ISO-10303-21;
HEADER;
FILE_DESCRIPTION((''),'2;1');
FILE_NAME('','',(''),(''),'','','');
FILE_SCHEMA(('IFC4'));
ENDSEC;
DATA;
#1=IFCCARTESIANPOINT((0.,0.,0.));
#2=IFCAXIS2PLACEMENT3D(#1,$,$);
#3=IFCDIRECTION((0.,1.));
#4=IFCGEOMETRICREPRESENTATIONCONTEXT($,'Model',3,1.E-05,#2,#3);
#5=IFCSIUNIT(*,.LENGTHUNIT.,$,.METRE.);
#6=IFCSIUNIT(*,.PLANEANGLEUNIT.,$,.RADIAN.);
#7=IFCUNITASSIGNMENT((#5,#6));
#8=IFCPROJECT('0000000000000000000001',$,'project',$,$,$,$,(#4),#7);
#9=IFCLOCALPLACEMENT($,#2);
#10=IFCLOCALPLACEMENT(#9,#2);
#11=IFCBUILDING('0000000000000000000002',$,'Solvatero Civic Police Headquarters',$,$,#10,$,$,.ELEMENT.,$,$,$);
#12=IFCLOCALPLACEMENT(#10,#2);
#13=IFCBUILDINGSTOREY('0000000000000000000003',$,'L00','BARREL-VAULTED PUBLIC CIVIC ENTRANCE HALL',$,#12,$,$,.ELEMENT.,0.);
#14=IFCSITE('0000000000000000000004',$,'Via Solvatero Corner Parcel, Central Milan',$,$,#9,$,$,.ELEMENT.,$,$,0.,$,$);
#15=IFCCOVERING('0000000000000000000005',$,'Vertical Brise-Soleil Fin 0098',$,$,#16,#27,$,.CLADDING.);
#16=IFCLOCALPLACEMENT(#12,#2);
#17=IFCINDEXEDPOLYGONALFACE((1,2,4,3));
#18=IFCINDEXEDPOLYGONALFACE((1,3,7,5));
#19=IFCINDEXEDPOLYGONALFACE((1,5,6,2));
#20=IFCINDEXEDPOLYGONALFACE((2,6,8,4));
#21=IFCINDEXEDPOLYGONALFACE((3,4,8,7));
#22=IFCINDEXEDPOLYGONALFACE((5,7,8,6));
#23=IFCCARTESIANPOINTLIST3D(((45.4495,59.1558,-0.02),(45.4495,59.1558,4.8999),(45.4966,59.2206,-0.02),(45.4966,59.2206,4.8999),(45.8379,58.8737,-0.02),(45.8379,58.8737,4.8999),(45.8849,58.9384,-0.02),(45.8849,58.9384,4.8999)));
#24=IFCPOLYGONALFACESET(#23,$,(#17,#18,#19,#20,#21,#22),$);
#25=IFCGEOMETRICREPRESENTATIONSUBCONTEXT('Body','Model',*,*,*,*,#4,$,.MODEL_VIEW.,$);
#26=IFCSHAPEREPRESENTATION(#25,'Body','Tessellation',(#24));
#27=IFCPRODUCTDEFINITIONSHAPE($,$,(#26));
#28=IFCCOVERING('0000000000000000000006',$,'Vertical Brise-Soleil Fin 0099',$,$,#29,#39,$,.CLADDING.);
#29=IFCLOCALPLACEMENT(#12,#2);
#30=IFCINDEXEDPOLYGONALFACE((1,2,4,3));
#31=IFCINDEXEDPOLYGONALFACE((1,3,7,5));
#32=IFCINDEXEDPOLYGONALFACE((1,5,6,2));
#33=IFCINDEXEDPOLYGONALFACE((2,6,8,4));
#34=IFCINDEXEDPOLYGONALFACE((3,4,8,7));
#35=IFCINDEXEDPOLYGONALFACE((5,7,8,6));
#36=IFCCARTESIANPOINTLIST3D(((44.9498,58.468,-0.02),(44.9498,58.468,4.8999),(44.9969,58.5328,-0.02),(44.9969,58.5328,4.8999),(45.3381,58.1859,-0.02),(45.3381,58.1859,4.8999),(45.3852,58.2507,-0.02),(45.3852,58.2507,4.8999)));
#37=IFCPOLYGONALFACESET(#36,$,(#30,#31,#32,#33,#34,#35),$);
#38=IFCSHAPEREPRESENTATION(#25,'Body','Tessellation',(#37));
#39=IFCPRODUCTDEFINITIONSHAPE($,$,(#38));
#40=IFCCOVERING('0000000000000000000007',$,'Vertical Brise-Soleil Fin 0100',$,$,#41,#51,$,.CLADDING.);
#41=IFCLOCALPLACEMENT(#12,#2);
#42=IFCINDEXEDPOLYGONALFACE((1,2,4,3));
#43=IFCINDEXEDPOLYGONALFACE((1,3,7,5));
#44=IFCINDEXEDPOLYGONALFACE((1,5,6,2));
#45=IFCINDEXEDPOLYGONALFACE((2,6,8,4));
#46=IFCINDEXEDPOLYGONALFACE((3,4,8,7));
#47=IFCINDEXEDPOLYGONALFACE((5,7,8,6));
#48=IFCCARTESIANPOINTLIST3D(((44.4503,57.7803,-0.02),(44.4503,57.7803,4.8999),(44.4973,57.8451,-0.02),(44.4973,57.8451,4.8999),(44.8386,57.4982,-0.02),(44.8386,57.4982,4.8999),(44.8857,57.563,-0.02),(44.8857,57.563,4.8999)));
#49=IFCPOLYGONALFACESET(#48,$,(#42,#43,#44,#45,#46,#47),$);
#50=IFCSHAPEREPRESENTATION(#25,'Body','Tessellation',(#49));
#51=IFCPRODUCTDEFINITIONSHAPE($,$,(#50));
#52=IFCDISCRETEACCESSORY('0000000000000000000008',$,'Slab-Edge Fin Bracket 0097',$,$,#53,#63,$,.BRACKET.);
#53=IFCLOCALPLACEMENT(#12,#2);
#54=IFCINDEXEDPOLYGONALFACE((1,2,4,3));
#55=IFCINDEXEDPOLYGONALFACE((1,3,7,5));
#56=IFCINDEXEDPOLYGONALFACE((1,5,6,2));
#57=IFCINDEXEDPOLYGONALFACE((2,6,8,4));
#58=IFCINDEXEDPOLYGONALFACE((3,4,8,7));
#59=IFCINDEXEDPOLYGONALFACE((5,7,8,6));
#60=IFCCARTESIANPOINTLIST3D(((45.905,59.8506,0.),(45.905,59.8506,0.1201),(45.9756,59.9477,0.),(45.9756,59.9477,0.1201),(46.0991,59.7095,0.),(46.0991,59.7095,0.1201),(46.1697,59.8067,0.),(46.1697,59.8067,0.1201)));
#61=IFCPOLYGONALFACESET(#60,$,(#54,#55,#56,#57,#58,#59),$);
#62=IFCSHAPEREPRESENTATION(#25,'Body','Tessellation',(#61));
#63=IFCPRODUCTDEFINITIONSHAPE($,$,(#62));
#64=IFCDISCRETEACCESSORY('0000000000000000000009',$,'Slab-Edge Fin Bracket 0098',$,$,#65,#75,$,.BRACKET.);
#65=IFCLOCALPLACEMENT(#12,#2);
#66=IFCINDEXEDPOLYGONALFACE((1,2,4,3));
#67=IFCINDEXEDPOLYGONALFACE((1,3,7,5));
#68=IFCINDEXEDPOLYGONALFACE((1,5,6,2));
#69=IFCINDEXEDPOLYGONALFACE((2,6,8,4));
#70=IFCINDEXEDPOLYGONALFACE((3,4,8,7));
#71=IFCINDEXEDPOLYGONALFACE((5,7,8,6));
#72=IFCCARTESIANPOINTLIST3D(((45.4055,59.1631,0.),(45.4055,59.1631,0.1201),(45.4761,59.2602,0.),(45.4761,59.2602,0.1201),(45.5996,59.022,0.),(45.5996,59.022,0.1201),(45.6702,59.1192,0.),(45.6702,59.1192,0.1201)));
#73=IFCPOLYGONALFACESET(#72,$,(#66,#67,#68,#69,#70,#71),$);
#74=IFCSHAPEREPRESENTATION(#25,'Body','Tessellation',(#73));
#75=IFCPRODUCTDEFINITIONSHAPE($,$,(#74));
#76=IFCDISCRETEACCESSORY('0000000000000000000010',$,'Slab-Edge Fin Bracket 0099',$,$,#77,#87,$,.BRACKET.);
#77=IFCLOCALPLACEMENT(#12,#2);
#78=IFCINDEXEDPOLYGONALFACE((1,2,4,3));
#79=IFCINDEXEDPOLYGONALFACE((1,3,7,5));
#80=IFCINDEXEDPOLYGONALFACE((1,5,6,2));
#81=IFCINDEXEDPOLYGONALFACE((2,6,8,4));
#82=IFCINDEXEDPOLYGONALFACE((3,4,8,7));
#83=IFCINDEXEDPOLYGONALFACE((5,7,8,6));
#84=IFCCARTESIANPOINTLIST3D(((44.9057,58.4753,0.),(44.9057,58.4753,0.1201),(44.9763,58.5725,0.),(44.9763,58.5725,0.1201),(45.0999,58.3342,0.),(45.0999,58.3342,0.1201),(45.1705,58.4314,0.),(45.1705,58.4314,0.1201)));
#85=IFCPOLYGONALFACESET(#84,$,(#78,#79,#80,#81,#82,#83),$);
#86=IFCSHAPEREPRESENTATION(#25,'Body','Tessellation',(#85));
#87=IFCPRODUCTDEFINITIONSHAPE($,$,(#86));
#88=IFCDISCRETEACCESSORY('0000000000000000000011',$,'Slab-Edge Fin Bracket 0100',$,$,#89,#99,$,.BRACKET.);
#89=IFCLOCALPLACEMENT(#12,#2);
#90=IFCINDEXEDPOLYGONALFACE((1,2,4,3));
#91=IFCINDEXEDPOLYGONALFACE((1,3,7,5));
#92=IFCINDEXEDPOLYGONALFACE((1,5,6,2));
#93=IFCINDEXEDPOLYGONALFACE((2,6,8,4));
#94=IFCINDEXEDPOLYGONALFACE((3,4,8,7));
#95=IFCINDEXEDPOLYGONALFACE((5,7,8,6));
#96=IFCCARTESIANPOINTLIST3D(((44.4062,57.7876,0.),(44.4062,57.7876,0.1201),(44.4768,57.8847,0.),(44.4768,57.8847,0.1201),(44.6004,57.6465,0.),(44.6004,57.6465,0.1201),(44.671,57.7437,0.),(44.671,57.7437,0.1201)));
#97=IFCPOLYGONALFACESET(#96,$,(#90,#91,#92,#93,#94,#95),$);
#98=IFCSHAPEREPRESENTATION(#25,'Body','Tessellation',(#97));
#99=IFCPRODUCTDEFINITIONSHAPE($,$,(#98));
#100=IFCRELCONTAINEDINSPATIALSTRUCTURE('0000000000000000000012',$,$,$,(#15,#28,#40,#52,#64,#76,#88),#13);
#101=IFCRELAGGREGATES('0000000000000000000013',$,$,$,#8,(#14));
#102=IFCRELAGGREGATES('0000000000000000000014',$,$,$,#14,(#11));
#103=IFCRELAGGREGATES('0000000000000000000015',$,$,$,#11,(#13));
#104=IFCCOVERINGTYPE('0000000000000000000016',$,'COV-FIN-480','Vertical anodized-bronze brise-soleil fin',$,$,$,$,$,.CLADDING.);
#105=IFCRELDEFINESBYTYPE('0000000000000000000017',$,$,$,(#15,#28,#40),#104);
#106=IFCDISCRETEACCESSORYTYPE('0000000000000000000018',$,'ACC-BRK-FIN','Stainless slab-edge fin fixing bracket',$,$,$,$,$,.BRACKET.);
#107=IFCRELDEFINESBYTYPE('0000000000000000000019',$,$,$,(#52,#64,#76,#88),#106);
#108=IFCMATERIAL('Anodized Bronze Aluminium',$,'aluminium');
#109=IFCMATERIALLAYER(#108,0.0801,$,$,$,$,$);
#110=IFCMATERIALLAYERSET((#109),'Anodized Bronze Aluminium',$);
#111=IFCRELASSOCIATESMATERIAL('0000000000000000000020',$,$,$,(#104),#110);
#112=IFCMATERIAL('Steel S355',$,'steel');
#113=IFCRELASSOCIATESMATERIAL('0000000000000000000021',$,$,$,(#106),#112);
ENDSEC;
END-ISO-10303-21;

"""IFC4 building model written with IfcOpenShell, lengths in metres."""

from ifc_helpers import new_model, si_unit, direction, frame, origin, origin_2d, place, context, subcontext, project, spatial, rectangle, extrude, material, layer, layer_set, type_object, element, save


model = new_model("IFC4")

# Units and contexts
model_context = context("Model", 3, precision=1e-05, world=origin(), true_north=direction((0.0, 1.0)))
body_context = subcontext(model_context, "Body", "Model", "MODEL_VIEW")
ifc_project = project(units=[si_unit("LENGTHUNIT", "METRE"), si_unit("PLANEANGLEUNIT", "RADIAN")], contexts=[model_context])

# Site, building, storey
site_placement = place(None, origin())
site = spatial("IfcSite", under=ifc_project, at=site_placement, Name="Via Solvatero Corner Parcel, Central Milan", CompositionType="ELEMENT", RefElevation=0.0)
building_placement = place(site_placement, origin())
building = spatial("IfcBuilding", under=site, at=building_placement, Name="Solvatero Civic Police Headquarters", CompositionType="ELEMENT")
storey_placement = place(building_placement, origin())
storey = spatial("IfcBuildingStorey", under=building, at=storey_placement, Name="L00", Description="BARREL-VAULTED PUBLIC CIVIC ENTRANCE HALL", CompositionType="ELEMENT", Elevation=0.0)

# Shared definitions
ifc_material_1 = material(Name="Steel S355", Category="steel")

# Shared definitions
ifc_material_2 = material(Name="Anodized Bronze Aluminium", Category="aluminium")

# Coverings
ifc_layer_1 = layer(ifc_material_2, 0.0801)
ifc_layer_set_1 = layer_set([ifc_layer_1], Name="Anodized Bronze Aluminium")
covering_type = type_object("IfcCoveringType", Name="COV-FIN-480", Description="Vertical anodized-bronze brise-soleil fin", PredefinedType="CLADDING", material=ifc_layer_set_1)
for number, where, z_axis, x_axis, name in (
    (1, (45.6672, 59.0471, -0.02), (0.0, 0.0, 1.0), (-0.587785, -0.809017, 0.0), "Vertical Brise-Soleil Fin 0098"),
    (2, (45.1675, 58.3594, -0.02), (0.0, 0.0, 1.0), (-0.587785, -0.809017, 0.0), "Vertical Brise-Soleil Fin 0099"),
    (3, (44.668, 57.6716, -0.02), (0.0, 0.0, 1.0), (-0.587785, -0.809017, 0.0), "Vertical Brise-Soleil Fin 0100"),
):
    element("IfcCovering", number, at=place(storey_placement, frame(where, z_axis=z_axis, x_axis=x_axis)), inside=storey, type_object=covering_type, Name=name, PredefinedType="CLADDING", context=body_context, shape_type="SweptSolid", body=[
        extrude(rectangle(XDim=0.0801, YDim=0.48, at=origin_2d()), origin(), (0.0, 0.0, 1.0), 4.9199),
    ])

# Discrete accessories
discrete_accessory_type = type_object("IfcDiscreteAccessoryType", Name="ACC-BRK-FIN", Description="Stainless slab-edge fin fixing bracket", PredefinedType="BRACKET", material=ifc_material_1)
for number, where, z_axis, x_axis, name in (
    (4, (46.0374, 59.8286, 0.0), (0.0, 0.0, 1.0), (-0.587785, -0.809017, 0.0), "Slab-Edge Fin Bracket 0097"),
    (5, (45.5378, 59.1411, 0.0), (0.0, 0.0, 1.0), (-0.587785, -0.809017, 0.0), "Slab-Edge Fin Bracket 0098"),
    (6, (45.0381, 58.4534, 0.0), (0.0, 0.0, 1.0), (-0.587785, -0.809017, 0.0), "Slab-Edge Fin Bracket 0099"),
    (7, (44.5386, 57.7656, 0.0), (0.0, 0.0, 1.0), (-0.587785, -0.809017, 0.0), "Slab-Edge Fin Bracket 0100"),
):
    element("IfcDiscreteAccessory", number, at=place(storey_placement, frame(where, z_axis=z_axis, x_axis=x_axis)), inside=storey, type_object=discrete_accessory_type, Name=name, PredefinedType="BRACKET", context=body_context, shape_type="SweptSolid", body=[
        extrude(rectangle(XDim=0.1201, YDim=0.24, at=origin_2d()), origin(), (0.0, 0.0, 1.0), 0.1201),
    ])

save(model, "model.ifc")
